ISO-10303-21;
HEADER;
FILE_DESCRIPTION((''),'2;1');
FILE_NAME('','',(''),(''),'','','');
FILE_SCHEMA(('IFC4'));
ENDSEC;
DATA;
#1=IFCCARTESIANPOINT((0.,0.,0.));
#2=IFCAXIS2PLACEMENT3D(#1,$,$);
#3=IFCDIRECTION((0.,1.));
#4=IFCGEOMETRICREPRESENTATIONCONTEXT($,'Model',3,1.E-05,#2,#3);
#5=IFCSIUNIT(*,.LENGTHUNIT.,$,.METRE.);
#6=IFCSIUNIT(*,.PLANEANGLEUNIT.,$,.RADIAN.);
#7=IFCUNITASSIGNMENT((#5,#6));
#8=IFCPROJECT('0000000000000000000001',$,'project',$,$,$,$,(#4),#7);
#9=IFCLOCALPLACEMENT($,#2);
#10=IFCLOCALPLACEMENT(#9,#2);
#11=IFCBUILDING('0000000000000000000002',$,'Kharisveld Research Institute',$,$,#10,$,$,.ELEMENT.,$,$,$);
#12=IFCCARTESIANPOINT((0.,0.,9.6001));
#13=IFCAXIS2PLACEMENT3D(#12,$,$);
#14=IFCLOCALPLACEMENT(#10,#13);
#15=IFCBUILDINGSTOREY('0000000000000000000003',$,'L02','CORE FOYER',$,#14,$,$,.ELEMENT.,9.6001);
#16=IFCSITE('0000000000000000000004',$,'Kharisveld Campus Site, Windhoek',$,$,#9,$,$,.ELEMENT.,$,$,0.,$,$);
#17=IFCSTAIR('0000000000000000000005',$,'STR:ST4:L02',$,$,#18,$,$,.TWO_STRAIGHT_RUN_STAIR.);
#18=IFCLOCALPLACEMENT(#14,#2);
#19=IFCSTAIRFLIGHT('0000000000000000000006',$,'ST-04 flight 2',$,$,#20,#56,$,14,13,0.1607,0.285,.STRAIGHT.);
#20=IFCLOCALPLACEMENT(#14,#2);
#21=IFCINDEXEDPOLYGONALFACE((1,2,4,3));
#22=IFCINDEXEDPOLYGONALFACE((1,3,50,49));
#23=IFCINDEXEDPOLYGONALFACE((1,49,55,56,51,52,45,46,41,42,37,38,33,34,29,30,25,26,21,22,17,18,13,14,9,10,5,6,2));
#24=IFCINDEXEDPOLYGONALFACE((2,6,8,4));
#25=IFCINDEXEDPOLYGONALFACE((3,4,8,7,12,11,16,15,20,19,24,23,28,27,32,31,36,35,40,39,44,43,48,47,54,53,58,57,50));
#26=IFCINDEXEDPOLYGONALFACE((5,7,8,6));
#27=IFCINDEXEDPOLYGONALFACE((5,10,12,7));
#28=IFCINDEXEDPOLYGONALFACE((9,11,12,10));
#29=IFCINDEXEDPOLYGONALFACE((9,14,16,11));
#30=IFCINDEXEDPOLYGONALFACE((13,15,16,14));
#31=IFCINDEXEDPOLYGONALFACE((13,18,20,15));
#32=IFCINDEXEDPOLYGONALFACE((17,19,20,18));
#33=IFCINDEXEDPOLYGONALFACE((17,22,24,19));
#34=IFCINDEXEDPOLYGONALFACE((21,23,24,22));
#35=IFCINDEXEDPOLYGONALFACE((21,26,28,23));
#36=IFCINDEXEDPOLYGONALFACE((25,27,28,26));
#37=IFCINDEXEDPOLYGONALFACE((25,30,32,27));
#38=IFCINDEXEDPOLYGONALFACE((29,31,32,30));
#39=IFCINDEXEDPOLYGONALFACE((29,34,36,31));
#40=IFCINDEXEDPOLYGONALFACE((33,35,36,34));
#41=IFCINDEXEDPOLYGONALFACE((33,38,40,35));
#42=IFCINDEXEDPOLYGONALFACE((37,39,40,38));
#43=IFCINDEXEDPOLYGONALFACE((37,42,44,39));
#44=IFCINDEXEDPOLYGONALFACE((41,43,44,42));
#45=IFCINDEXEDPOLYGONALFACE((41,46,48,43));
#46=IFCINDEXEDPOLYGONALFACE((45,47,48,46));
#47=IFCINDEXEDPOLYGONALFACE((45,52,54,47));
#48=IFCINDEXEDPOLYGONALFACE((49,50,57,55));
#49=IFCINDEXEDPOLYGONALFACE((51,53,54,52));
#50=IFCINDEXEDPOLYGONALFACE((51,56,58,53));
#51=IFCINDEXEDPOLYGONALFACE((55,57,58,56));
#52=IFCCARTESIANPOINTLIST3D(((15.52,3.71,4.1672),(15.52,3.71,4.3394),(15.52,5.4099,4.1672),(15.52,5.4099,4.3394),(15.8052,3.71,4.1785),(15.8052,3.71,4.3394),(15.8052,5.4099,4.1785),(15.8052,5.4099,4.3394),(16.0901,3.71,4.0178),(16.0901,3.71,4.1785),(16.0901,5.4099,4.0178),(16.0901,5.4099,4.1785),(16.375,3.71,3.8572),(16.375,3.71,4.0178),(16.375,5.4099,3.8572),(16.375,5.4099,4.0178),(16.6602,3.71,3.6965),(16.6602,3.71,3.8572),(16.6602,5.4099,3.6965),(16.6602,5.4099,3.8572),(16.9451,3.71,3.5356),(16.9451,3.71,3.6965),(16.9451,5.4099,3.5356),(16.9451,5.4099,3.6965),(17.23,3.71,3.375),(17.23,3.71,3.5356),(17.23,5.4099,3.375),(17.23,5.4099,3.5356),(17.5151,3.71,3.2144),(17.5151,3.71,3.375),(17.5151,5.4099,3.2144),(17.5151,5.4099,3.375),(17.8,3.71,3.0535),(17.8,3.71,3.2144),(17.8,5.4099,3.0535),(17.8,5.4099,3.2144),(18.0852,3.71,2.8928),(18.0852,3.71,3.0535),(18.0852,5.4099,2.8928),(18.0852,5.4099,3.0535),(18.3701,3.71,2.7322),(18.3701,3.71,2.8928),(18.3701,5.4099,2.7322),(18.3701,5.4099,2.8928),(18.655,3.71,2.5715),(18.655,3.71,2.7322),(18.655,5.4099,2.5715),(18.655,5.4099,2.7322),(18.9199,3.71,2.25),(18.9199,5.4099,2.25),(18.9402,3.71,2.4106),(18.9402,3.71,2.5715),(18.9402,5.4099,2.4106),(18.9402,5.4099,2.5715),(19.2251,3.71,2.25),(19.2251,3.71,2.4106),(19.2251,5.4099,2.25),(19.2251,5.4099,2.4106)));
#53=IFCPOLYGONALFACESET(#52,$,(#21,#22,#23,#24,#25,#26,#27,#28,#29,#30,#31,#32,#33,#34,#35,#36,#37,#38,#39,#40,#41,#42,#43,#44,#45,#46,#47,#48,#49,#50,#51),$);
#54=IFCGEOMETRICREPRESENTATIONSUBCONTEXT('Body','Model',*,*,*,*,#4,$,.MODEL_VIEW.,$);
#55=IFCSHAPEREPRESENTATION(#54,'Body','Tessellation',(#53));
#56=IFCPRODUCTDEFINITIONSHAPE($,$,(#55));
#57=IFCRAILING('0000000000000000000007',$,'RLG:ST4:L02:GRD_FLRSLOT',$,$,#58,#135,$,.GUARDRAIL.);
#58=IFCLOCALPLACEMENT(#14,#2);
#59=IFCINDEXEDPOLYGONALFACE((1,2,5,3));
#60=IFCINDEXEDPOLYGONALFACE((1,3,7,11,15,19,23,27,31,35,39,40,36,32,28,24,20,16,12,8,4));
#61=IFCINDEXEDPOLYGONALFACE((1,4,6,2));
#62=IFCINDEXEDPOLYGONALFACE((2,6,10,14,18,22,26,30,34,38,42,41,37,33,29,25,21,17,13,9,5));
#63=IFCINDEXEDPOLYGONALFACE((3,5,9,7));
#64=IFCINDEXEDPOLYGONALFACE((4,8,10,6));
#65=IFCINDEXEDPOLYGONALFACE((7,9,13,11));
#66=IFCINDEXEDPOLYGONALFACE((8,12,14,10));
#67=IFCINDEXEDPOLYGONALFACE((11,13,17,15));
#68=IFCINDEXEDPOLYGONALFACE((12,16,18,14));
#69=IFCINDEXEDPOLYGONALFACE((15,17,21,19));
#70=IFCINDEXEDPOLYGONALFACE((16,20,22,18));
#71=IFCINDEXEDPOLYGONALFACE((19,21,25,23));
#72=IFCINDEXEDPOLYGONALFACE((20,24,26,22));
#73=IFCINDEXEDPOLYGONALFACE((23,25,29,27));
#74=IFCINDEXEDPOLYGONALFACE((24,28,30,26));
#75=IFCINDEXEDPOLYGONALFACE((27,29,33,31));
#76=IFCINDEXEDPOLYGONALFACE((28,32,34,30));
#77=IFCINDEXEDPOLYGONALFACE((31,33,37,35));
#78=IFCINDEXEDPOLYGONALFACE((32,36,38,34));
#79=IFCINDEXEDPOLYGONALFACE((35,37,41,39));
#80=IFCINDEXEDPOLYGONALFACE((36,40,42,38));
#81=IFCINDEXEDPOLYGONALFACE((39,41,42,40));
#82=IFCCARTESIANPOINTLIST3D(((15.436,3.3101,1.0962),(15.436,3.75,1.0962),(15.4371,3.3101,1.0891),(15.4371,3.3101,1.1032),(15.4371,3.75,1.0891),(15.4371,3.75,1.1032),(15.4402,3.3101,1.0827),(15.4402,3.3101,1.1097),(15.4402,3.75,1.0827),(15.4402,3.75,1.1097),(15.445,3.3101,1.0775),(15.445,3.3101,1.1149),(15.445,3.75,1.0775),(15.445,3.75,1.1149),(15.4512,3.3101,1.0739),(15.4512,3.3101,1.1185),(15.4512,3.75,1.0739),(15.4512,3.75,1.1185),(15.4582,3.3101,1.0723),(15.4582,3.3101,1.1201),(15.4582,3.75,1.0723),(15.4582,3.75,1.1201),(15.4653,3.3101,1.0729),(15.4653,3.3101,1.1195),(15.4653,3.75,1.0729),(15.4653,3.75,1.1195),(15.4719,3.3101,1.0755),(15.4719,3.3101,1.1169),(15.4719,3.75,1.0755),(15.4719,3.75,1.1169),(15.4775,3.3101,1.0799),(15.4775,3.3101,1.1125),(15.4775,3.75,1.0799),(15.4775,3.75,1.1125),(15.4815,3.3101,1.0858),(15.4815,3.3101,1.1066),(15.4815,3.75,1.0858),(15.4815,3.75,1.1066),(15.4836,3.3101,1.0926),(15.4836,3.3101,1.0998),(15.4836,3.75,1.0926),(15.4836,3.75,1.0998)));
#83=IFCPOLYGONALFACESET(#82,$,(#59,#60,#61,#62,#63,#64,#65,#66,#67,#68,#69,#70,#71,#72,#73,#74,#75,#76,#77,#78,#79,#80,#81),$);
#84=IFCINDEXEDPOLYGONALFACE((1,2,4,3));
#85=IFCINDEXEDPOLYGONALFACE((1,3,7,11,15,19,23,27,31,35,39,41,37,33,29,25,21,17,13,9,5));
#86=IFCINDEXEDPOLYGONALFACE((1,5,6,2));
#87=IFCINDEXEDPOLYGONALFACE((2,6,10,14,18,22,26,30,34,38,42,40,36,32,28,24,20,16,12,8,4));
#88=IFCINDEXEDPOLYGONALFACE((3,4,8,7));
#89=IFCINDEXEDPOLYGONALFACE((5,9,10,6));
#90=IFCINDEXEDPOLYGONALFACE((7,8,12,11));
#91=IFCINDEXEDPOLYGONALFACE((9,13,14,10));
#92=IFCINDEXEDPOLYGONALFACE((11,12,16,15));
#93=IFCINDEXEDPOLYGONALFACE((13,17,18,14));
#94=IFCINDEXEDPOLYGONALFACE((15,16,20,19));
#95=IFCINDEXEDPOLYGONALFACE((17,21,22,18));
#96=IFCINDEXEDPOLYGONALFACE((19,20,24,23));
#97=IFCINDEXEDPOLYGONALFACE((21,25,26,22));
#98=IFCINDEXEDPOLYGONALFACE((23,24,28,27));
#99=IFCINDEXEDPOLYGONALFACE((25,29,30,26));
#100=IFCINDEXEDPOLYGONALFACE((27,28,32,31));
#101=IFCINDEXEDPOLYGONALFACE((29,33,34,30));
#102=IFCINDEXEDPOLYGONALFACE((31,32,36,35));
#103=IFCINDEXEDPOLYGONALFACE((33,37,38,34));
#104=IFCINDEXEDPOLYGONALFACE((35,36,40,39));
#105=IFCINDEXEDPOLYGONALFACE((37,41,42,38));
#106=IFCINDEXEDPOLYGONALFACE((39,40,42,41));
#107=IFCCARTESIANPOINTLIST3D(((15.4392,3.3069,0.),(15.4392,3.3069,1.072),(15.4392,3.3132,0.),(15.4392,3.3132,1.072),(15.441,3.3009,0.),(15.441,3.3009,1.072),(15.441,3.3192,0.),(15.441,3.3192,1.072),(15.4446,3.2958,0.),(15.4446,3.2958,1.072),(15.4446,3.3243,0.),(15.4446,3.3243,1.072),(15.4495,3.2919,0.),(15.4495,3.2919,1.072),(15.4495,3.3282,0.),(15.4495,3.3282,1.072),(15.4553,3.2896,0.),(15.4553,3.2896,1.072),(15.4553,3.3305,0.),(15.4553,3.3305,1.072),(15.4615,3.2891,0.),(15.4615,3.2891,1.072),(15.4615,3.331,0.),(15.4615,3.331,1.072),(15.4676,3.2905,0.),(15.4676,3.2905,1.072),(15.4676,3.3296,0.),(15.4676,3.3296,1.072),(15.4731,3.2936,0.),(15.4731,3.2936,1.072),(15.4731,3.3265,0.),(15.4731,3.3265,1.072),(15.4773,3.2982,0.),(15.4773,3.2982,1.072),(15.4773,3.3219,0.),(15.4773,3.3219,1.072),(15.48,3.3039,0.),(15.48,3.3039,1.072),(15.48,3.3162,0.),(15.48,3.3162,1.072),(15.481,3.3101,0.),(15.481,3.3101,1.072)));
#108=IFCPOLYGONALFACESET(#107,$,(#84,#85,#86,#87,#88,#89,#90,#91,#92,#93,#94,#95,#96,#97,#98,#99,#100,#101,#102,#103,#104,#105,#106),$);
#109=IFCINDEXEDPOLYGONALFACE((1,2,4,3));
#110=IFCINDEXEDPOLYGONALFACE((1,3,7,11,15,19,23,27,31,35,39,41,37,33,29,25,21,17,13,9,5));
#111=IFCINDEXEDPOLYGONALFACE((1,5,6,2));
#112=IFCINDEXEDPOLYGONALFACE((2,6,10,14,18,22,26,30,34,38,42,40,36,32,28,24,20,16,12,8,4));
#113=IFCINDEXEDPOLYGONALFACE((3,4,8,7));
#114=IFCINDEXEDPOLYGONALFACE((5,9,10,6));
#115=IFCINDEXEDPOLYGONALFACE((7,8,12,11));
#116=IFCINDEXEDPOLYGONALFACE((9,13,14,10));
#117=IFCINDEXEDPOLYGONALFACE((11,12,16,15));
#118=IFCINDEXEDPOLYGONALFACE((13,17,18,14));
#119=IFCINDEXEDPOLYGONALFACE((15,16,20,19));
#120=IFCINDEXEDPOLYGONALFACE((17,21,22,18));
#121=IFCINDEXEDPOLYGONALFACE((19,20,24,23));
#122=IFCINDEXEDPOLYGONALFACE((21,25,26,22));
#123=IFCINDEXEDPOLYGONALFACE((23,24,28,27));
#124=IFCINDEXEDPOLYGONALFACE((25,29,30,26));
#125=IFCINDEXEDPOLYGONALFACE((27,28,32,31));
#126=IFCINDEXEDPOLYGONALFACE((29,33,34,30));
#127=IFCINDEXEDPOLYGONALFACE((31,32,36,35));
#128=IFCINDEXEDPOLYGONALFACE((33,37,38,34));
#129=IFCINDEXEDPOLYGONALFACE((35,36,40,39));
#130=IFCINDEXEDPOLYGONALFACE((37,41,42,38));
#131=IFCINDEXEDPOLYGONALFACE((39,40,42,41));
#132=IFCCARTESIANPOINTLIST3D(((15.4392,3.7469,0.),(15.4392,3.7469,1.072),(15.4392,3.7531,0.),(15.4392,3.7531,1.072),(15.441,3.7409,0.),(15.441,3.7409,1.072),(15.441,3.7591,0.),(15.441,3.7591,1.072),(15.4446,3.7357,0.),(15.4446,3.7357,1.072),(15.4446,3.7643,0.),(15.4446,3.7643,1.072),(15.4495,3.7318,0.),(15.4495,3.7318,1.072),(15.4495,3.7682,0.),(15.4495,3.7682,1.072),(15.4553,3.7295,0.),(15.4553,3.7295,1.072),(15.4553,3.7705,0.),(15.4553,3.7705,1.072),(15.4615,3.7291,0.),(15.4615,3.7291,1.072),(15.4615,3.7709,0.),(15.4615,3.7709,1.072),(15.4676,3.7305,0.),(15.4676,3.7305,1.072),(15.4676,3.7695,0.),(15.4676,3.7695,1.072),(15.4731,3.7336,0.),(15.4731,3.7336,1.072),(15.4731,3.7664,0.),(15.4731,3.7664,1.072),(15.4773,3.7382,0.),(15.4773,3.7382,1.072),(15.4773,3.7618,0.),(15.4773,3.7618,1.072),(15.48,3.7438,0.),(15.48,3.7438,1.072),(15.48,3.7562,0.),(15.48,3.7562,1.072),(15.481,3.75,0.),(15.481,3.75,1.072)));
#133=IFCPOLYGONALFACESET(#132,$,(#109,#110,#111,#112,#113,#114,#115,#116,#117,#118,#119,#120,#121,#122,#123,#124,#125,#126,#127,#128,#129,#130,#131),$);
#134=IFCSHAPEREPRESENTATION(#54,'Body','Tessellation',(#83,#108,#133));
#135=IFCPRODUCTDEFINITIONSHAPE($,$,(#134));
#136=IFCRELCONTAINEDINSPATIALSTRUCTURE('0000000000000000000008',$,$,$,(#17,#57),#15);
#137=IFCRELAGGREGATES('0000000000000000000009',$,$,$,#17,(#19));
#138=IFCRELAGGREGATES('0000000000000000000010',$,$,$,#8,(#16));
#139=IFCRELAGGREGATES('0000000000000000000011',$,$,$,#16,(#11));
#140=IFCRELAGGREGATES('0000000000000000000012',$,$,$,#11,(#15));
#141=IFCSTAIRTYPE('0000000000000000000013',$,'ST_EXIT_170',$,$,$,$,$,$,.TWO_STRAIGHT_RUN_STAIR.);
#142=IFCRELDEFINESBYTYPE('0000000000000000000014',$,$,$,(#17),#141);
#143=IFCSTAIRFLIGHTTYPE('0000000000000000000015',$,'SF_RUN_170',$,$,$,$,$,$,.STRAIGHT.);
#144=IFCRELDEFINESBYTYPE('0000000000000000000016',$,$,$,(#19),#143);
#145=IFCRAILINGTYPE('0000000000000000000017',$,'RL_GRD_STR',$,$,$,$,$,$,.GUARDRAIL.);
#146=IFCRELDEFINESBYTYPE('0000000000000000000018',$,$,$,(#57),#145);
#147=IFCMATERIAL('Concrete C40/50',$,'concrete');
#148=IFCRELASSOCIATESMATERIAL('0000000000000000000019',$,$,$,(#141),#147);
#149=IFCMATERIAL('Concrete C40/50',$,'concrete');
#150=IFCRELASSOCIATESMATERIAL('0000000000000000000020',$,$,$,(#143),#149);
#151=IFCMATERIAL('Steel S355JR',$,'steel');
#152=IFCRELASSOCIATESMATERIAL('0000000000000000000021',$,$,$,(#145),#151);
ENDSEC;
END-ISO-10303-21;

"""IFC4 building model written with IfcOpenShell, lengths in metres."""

from ifc_helpers import new_model, si_unit, direction, frame, origin, origin_2d, place, context, subcontext, project, spatial, polyline, circle, outline, extrude, material, type_object, element, aggregate, save


model = new_model("IFC4")

# Units and contexts
model_context = context("Model", 3, precision=1e-05, world=origin(), true_north=direction((0.0, 1.0)))
body_context = subcontext(model_context, "Body", "Model", "MODEL_VIEW")
ifc_project = project(units=[si_unit("LENGTHUNIT", "METRE"), si_unit("PLANEANGLEUNIT", "RADIAN")], contexts=[model_context])

# Site, building, storey
site_placement = place(None, origin())
site = spatial("IfcSite", under=ifc_project, at=site_placement, Name="Kharisveld Campus Site, Windhoek", CompositionType="ELEMENT", RefElevation=0.0)
building_placement = place(site_placement, origin())
building = spatial("IfcBuilding", under=site, at=building_placement, Name="Kharisveld Research Institute", CompositionType="ELEMENT")
storey_placement = place(building_placement, frame((0.0, 0.0, 9.6001)))
storey = spatial("IfcBuildingStorey", under=building, at=storey_placement, Name="L02", Description="CORE FOYER", CompositionType="ELEMENT", Elevation=9.6001)

# Stair, stair flight
ifc_material_1 = material(Name="Concrete C40/50", Category="concrete")
stair_type = type_object("IfcStairType", Name="ST_EXIT_170", PredefinedType="TWO_STRAIGHT_RUN_STAIR", material=ifc_material_1)
stair_placement = place(storey_placement, origin())
stair = element("IfcStair", 1, at=stair_placement, inside=storey, type_object=stair_type, Name="STR:ST4:L02", PredefinedType="TWO_STRAIGHT_RUN_STAIR")
ifc_material_2 = material(Name="Concrete C40/50", Category="concrete")
stair_flight_type = type_object("IfcStairFlightType", Name="SF_RUN_170", PredefinedType="STRAIGHT", material=ifc_material_2)
stair_flight_1_placement = place(storey_placement, frame((19.2251, 4.5601, 2.25), z_axis=(0.0, 0.0, 1.0), x_axis=(-1.0, 0.0, 0.0)))
stair_flight_1 = element("IfcStairFlight", 2, at=stair_flight_1_placement, type_object=stair_flight_type, Name="ST-04 flight 2", NumberOfRisers=14, NumberOfTreads=13, PredefinedType="STRAIGHT", RiserHeight=0.1607, TreadLength=0.285, context=body_context, shape_type="SweptSolid", body=[
    extrude(outline(polyline([(0.0, 0.0), (0.0, 0.1606), (0.2849, 0.1606), (0.2849, 0.3215), (0.5701, 0.3215), (0.5701, 0.4822), (0.855, 0.4822), (0.855, 0.6428), (1.1399, 0.6428), (1.1399, 0.8035), (1.425, 0.8035), (1.425, 0.9644), (1.71, 0.9644), (1.71, 1.125), (1.9951, 1.125), (1.9951, 1.2856), (2.28, 1.2856), (2.28, 1.4465), (2.5649, 1.4465), (2.5649, 1.6072), (2.8501, 1.6072), (2.8501, 1.7678), (3.135, 1.7678), (3.135, 1.9285), (3.4199, 1.9285), (3.4199, 2.0894), (3.7051, 2.0894), (3.7051, 2.25), (3.7051, 1.9172), (0.3052, 0.0), (0.0, 0.0)])), frame((0.0, 0.8501, 0.0), z_axis=(0.0, -1.0, 0.0), x_axis=(1.0, 0.0, 0.0)), (0.0, 0.0, 1.0), 1.7),
])
aggregate(stair, [stair_flight_1])

# Railing
ifc_material_3 = material(Name="Steel S355JR", Category="steel")
railing_type_1 = type_object("IfcRailingType", Name="RL_GRD_STR", PredefinedType="GUARDRAIL", material=ifc_material_3)
railing_1_placement = place(storey_placement, frame((15.46, 3.3101, 0.0)))
element("IfcRailing", 3, at=railing_1_placement, inside=storey, type_object=railing_type_1, Name="RLG:ST4:L02:GRD_FLRSLOT", PredefinedType="GUARDRAIL", context=body_context, shape_type="SweptSolid", body=[
    extrude(circle(Radius=0.0239, at=origin_2d()), frame((0.0, 0.0, 1.0962), z_axis=(0.0, 1.0, 0.0), x_axis=(-1.0, 0.0, 0.0)), (0.0, 0.0, 1.0), 0.4399),
    extrude(circle(Radius=0.021, at=origin_2d()), origin(), (0.0, 0.0, 1.0), 1.072),
    extrude(circle(Radius=0.021, at=origin_2d()), frame((0.0, 0.4399, 0.0)), (0.0, 0.0, 1.0), 1.072),
])

save(model, "model.ifc")
